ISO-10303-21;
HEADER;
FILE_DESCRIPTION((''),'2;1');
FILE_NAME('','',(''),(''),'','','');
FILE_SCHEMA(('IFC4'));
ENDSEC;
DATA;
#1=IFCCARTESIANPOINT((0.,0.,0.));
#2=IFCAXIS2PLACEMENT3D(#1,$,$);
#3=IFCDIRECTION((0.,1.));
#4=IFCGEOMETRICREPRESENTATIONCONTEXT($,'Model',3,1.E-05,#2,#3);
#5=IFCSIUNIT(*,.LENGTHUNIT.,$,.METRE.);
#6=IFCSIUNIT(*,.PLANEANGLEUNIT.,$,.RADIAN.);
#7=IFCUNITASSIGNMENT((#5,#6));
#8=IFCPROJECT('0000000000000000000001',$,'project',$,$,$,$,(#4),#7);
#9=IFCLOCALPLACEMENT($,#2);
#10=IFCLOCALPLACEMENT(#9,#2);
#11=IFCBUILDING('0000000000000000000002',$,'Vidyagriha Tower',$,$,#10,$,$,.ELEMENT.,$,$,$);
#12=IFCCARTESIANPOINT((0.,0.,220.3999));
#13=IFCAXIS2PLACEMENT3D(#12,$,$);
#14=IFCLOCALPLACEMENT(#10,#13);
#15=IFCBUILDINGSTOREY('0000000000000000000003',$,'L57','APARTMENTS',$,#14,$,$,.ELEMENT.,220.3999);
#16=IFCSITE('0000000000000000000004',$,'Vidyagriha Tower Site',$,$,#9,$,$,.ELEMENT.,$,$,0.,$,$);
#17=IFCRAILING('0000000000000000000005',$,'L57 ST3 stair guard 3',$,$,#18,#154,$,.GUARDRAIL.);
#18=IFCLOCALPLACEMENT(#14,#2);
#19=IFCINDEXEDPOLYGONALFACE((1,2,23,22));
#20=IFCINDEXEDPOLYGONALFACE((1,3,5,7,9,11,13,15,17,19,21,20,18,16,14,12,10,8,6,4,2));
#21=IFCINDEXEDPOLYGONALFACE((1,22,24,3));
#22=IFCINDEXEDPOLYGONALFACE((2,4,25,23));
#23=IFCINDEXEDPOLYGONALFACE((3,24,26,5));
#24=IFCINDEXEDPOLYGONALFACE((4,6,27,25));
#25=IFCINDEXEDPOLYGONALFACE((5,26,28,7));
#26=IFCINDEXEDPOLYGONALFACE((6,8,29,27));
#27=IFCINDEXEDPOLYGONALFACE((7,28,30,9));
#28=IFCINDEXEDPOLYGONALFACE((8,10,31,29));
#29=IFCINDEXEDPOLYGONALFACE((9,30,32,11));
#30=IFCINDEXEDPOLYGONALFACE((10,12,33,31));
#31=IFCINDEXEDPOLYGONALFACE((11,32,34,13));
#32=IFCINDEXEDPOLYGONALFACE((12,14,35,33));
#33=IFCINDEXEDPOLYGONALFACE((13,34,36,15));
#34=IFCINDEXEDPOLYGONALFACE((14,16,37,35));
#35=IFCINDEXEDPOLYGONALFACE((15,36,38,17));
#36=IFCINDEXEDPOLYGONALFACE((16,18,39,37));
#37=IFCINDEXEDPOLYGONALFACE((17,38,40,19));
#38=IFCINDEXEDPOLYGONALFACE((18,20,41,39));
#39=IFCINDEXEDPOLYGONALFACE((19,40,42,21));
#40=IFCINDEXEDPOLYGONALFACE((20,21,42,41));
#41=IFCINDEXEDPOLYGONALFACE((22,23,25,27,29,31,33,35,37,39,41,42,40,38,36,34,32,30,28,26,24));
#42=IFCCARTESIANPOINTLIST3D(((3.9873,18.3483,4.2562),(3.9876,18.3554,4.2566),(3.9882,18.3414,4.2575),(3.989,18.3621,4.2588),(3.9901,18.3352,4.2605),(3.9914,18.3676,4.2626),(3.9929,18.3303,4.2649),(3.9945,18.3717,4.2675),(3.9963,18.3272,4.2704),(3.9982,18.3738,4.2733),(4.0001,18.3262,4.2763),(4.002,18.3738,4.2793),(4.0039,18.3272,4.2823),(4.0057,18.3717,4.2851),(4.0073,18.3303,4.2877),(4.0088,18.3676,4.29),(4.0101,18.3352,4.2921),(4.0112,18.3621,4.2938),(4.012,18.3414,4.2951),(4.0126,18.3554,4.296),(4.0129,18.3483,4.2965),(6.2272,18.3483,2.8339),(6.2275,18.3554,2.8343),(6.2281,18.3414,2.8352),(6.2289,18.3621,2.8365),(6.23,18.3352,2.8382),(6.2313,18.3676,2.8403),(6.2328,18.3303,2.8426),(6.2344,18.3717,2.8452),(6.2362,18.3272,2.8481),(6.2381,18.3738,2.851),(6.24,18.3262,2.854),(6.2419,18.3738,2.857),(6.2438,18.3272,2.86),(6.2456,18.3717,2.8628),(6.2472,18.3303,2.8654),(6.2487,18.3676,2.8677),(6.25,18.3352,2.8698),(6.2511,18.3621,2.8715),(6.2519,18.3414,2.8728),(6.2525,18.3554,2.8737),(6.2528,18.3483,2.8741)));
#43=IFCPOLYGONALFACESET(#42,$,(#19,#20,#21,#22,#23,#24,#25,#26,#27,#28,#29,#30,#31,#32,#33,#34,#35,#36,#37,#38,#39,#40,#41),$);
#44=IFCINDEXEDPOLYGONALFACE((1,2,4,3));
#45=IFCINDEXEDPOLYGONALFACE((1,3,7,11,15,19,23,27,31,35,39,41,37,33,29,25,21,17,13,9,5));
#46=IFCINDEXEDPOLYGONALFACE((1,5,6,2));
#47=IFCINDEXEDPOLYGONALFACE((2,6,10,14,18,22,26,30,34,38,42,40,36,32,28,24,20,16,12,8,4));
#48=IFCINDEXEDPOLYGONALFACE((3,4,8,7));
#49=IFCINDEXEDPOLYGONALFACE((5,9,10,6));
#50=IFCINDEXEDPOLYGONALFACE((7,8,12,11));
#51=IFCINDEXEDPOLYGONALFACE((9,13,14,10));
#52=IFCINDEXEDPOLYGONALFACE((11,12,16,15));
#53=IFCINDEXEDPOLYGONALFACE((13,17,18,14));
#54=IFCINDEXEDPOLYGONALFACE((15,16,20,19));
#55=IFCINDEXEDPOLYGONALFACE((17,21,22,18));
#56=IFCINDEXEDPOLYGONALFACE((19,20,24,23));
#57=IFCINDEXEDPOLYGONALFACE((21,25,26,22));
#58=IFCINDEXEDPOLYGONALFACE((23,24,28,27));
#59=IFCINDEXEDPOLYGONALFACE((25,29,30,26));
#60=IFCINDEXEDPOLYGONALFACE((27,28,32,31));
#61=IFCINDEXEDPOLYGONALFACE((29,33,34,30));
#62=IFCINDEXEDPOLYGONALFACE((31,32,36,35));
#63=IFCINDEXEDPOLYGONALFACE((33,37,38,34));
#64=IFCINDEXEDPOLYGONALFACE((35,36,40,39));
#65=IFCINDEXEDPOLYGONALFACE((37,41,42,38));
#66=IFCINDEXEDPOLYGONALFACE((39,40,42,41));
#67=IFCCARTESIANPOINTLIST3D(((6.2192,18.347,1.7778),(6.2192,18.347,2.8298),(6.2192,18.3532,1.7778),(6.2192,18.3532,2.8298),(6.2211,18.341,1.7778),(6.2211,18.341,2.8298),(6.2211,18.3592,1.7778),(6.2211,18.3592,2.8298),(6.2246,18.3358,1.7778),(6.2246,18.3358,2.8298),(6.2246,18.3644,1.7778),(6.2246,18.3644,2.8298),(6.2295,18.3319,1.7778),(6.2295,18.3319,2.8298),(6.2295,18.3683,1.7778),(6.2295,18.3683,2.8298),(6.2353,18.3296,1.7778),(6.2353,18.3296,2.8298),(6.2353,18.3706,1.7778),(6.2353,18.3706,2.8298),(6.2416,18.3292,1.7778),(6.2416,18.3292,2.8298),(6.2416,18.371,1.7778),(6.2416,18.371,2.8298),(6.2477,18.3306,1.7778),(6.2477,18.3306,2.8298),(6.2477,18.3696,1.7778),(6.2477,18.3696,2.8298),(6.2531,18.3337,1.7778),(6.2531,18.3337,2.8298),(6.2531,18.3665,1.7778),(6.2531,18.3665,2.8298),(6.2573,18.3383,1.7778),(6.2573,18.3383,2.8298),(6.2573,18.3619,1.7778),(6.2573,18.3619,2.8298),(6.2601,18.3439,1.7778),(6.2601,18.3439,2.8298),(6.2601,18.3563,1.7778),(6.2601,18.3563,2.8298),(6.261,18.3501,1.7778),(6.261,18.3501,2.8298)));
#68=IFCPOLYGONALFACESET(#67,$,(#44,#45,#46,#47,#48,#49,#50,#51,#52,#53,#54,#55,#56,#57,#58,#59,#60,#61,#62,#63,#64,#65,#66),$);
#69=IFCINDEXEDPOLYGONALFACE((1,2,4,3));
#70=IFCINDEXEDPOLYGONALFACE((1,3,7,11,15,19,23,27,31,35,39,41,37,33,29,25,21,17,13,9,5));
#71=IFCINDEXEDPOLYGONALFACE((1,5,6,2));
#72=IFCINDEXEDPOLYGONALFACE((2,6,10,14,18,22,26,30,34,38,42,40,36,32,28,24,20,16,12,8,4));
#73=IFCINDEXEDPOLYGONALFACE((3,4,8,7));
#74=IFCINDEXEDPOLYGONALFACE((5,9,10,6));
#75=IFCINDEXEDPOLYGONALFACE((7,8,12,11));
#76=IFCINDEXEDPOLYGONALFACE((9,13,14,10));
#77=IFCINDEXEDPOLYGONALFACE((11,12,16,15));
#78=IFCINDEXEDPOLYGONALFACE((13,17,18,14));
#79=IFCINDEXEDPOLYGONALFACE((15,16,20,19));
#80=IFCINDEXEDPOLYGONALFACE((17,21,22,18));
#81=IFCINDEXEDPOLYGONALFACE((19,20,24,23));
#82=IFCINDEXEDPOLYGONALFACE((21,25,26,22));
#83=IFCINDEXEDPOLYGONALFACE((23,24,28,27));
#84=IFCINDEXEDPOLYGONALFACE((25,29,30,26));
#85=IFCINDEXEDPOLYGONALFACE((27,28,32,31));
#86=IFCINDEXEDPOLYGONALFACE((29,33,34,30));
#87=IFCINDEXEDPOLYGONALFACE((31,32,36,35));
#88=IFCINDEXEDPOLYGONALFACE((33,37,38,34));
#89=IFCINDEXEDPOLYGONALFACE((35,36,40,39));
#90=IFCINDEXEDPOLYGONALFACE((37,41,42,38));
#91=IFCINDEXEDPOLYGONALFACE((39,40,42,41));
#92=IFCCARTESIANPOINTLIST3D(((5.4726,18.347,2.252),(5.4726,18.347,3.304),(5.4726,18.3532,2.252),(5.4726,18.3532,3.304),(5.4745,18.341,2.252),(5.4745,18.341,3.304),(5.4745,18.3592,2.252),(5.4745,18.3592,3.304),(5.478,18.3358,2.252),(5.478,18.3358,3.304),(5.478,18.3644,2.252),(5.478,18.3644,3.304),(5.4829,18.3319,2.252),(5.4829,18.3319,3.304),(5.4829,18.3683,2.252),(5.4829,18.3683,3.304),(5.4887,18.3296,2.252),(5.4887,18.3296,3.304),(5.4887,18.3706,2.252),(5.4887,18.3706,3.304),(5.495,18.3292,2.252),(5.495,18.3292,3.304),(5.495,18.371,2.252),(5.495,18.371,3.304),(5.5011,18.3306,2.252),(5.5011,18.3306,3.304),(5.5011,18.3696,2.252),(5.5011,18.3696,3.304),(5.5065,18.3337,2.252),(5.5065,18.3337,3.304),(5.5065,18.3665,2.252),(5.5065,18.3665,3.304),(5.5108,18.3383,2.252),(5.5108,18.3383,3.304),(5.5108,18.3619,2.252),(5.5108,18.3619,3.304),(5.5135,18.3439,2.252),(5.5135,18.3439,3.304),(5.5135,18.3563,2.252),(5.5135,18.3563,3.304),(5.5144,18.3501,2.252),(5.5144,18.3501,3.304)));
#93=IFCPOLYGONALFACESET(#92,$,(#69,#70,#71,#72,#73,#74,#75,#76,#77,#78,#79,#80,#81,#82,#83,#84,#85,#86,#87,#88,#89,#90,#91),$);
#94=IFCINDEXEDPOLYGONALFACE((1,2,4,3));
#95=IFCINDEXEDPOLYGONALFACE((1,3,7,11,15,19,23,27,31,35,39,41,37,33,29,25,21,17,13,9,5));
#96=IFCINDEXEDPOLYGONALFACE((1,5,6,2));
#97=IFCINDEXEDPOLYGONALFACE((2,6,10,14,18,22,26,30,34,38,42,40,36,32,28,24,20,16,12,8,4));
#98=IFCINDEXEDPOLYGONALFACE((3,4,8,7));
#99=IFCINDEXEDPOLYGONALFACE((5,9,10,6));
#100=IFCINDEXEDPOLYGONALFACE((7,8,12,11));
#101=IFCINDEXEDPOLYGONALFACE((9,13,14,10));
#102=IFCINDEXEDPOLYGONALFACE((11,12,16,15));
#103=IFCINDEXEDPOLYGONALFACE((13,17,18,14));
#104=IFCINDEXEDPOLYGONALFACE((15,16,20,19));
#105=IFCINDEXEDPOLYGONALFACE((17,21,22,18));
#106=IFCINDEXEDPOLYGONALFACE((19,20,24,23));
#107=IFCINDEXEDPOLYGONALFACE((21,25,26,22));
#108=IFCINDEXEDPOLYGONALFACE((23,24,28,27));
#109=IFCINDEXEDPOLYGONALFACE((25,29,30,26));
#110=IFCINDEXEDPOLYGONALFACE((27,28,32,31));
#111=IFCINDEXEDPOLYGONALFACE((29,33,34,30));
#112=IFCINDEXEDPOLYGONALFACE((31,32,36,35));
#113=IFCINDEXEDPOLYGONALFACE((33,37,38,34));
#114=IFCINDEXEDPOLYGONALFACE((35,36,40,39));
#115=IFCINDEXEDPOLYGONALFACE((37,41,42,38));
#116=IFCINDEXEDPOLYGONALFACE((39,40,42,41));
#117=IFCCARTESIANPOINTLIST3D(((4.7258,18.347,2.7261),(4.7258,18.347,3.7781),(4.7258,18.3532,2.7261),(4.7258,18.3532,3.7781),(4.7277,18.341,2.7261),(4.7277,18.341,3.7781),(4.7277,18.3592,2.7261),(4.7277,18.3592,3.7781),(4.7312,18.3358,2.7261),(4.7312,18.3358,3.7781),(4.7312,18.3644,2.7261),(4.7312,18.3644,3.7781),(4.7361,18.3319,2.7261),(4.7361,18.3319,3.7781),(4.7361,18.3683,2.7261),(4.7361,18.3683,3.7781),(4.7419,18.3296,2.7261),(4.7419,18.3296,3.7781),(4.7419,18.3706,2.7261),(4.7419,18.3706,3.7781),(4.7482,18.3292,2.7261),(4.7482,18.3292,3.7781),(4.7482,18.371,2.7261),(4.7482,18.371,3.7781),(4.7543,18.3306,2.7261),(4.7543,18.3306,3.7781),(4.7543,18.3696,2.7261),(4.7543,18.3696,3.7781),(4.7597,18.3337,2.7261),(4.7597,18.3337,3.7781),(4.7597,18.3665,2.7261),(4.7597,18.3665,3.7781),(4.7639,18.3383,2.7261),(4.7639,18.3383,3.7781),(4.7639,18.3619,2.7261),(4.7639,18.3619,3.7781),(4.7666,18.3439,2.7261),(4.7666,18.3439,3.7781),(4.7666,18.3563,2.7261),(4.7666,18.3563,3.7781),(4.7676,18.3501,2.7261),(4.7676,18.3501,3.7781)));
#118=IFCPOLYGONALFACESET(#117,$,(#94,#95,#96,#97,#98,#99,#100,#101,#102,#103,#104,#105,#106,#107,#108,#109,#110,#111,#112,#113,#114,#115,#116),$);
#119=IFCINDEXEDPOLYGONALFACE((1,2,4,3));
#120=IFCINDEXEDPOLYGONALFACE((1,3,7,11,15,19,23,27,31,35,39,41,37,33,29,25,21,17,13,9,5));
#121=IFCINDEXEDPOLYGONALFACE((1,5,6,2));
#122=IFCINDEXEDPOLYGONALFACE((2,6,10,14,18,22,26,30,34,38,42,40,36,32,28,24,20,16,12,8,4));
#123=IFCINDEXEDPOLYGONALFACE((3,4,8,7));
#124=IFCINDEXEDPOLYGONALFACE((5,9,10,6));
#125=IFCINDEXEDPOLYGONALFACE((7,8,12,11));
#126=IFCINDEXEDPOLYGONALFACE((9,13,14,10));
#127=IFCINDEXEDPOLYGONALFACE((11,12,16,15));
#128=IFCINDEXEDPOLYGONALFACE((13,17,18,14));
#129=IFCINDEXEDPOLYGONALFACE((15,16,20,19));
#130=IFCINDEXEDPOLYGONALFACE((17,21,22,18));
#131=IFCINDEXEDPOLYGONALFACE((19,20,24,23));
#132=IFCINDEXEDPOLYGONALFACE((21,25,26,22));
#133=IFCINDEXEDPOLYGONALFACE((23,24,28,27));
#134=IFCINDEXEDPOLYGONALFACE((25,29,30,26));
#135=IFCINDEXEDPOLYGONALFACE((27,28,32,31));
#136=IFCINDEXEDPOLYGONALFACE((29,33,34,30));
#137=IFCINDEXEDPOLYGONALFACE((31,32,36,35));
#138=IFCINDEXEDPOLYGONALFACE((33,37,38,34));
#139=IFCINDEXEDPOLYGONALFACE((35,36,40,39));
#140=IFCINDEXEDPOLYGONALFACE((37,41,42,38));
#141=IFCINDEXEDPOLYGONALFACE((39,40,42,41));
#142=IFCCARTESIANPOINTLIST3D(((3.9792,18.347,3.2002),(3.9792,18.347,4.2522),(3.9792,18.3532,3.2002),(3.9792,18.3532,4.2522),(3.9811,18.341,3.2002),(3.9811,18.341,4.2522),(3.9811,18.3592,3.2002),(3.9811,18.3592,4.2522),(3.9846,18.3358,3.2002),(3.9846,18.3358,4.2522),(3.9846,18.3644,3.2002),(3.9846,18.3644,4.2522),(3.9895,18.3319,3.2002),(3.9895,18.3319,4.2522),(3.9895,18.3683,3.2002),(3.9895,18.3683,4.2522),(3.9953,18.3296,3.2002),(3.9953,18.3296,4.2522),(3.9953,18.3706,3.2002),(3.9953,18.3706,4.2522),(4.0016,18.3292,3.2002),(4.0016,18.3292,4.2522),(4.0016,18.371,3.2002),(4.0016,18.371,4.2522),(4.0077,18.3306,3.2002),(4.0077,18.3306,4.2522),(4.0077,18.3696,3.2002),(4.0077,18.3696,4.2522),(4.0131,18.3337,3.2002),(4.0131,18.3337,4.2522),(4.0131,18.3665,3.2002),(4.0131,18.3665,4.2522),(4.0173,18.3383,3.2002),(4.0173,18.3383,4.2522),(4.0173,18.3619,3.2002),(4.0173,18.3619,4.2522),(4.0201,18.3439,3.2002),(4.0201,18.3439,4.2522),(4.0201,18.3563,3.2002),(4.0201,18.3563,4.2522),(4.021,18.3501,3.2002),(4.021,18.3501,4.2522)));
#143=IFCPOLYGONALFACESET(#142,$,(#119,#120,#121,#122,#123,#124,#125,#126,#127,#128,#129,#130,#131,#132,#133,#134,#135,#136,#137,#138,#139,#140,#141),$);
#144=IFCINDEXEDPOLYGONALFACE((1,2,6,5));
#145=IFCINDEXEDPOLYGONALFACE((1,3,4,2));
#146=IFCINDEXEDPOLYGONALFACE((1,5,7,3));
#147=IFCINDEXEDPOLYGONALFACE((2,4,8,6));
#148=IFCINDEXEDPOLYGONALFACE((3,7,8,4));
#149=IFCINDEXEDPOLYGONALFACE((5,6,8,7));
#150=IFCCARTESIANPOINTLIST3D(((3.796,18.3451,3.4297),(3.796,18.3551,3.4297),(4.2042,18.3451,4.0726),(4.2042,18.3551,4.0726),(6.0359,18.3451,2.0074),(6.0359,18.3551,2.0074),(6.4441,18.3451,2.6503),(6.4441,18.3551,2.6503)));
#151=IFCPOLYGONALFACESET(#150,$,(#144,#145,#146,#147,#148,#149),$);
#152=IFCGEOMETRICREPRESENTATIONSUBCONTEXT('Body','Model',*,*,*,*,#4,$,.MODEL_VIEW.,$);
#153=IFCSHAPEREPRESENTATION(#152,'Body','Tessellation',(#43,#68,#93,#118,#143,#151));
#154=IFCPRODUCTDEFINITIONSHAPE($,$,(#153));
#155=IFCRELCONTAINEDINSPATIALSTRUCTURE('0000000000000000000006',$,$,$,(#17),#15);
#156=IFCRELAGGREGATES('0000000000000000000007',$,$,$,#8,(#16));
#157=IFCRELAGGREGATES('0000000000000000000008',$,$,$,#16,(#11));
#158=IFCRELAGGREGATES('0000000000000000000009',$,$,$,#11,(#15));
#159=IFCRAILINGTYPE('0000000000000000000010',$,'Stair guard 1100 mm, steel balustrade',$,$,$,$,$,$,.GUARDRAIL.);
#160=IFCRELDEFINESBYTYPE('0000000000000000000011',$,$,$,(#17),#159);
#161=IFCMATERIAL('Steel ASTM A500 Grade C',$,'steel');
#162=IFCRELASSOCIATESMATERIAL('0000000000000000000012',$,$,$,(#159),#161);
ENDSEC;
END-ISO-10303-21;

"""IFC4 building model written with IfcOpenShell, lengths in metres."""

from ifc_helpers import new_model, si_unit, direction, frame, origin, origin_2d, place, context, subcontext, project, spatial, rectangle, circle, extrude, material, type_object, element, save


model = new_model("IFC4")

# Units and contexts
model_context = context("Model", 3, precision=1e-05, world=origin(), true_north=direction((0.0, 1.0)))
body_context = subcontext(model_context, "Body", "Model", "MODEL_VIEW")
ifc_project = project(units=[si_unit("LENGTHUNIT", "METRE"), si_unit("PLANEANGLEUNIT", "RADIAN")], contexts=[model_context])

# Site, building, storey
site_placement = place(None, origin())
site = spatial("IfcSite", under=ifc_project, at=site_placement, Name="Vidyagriha Tower Site", CompositionType="ELEMENT", RefElevation=0.0)
building_placement = place(site_placement, origin())
building = spatial("IfcBuilding", under=site, at=building_placement, Name="Vidyagriha Tower", CompositionType="ELEMENT")
storey_placement = place(building_placement, frame((0.0, 0.0, 220.3999)))
storey = spatial("IfcBuildingStorey", under=building, at=storey_placement, Name="L57", Description="APARTMENTS", CompositionType="ELEMENT", Elevation=220.3999)

# Railing
ifc_material_1 = material(Name="Steel ASTM A500 Grade C", Category="steel")
railing_type_1 = type_object("IfcRailingType", Name="Stair guard 1100 mm, steel balustrade", PredefinedType="GUARDRAIL", material=ifc_material_1)
railing_1_placement = place(storey_placement, frame((6.24, 18.3501, 1.7778)))
element("IfcRailing", 1, at=railing_1_placement, inside=storey, type_object=railing_type_1, Name="L57 ST3 stair guard 3", PredefinedType="GUARDRAIL", context=body_context, shape_type="SweptSolid", body=[
    extrude(circle(Radius=0.0239, at=origin_2d()), frame((0.0, 0.0, 1.0762), z_axis=(-0.844188, 0.0, 0.536048), x_axis=(0.0, -1.0, 0.0)), (0.0, 0.0, 1.0), 2.6533),
    extrude(circle(Radius=0.021, at=origin_2d()), origin(), (0.0, 0.0, 1.0), 1.052),
    extrude(circle(Radius=0.021, at=origin_2d()), frame((-0.7466, 0.0, 0.4741)), (0.0, 0.0, 1.0), 1.052),
    extrude(circle(Radius=0.021, at=origin_2d()), frame((-1.4934, 0.0, 0.9482)), (0.0, 0.0, 1.0), 1.052),
    extrude(circle(Radius=0.021, at=origin_2d()), frame((-2.24, 0.0, 1.4224)), (0.0, 0.0, 1.0), 1.052),
    extrude(rectangle(XDim=0.01, YDim=0.7615, at=origin_2d()), frame((0.0, 0.0, 0.551), z_axis=(-0.844188, 0.0, 0.536048), x_axis=(0.0, -1.0, 0.0)), (0.0, 0.0, 1.0), 2.6533),
])

save(model, "model.ifc")
